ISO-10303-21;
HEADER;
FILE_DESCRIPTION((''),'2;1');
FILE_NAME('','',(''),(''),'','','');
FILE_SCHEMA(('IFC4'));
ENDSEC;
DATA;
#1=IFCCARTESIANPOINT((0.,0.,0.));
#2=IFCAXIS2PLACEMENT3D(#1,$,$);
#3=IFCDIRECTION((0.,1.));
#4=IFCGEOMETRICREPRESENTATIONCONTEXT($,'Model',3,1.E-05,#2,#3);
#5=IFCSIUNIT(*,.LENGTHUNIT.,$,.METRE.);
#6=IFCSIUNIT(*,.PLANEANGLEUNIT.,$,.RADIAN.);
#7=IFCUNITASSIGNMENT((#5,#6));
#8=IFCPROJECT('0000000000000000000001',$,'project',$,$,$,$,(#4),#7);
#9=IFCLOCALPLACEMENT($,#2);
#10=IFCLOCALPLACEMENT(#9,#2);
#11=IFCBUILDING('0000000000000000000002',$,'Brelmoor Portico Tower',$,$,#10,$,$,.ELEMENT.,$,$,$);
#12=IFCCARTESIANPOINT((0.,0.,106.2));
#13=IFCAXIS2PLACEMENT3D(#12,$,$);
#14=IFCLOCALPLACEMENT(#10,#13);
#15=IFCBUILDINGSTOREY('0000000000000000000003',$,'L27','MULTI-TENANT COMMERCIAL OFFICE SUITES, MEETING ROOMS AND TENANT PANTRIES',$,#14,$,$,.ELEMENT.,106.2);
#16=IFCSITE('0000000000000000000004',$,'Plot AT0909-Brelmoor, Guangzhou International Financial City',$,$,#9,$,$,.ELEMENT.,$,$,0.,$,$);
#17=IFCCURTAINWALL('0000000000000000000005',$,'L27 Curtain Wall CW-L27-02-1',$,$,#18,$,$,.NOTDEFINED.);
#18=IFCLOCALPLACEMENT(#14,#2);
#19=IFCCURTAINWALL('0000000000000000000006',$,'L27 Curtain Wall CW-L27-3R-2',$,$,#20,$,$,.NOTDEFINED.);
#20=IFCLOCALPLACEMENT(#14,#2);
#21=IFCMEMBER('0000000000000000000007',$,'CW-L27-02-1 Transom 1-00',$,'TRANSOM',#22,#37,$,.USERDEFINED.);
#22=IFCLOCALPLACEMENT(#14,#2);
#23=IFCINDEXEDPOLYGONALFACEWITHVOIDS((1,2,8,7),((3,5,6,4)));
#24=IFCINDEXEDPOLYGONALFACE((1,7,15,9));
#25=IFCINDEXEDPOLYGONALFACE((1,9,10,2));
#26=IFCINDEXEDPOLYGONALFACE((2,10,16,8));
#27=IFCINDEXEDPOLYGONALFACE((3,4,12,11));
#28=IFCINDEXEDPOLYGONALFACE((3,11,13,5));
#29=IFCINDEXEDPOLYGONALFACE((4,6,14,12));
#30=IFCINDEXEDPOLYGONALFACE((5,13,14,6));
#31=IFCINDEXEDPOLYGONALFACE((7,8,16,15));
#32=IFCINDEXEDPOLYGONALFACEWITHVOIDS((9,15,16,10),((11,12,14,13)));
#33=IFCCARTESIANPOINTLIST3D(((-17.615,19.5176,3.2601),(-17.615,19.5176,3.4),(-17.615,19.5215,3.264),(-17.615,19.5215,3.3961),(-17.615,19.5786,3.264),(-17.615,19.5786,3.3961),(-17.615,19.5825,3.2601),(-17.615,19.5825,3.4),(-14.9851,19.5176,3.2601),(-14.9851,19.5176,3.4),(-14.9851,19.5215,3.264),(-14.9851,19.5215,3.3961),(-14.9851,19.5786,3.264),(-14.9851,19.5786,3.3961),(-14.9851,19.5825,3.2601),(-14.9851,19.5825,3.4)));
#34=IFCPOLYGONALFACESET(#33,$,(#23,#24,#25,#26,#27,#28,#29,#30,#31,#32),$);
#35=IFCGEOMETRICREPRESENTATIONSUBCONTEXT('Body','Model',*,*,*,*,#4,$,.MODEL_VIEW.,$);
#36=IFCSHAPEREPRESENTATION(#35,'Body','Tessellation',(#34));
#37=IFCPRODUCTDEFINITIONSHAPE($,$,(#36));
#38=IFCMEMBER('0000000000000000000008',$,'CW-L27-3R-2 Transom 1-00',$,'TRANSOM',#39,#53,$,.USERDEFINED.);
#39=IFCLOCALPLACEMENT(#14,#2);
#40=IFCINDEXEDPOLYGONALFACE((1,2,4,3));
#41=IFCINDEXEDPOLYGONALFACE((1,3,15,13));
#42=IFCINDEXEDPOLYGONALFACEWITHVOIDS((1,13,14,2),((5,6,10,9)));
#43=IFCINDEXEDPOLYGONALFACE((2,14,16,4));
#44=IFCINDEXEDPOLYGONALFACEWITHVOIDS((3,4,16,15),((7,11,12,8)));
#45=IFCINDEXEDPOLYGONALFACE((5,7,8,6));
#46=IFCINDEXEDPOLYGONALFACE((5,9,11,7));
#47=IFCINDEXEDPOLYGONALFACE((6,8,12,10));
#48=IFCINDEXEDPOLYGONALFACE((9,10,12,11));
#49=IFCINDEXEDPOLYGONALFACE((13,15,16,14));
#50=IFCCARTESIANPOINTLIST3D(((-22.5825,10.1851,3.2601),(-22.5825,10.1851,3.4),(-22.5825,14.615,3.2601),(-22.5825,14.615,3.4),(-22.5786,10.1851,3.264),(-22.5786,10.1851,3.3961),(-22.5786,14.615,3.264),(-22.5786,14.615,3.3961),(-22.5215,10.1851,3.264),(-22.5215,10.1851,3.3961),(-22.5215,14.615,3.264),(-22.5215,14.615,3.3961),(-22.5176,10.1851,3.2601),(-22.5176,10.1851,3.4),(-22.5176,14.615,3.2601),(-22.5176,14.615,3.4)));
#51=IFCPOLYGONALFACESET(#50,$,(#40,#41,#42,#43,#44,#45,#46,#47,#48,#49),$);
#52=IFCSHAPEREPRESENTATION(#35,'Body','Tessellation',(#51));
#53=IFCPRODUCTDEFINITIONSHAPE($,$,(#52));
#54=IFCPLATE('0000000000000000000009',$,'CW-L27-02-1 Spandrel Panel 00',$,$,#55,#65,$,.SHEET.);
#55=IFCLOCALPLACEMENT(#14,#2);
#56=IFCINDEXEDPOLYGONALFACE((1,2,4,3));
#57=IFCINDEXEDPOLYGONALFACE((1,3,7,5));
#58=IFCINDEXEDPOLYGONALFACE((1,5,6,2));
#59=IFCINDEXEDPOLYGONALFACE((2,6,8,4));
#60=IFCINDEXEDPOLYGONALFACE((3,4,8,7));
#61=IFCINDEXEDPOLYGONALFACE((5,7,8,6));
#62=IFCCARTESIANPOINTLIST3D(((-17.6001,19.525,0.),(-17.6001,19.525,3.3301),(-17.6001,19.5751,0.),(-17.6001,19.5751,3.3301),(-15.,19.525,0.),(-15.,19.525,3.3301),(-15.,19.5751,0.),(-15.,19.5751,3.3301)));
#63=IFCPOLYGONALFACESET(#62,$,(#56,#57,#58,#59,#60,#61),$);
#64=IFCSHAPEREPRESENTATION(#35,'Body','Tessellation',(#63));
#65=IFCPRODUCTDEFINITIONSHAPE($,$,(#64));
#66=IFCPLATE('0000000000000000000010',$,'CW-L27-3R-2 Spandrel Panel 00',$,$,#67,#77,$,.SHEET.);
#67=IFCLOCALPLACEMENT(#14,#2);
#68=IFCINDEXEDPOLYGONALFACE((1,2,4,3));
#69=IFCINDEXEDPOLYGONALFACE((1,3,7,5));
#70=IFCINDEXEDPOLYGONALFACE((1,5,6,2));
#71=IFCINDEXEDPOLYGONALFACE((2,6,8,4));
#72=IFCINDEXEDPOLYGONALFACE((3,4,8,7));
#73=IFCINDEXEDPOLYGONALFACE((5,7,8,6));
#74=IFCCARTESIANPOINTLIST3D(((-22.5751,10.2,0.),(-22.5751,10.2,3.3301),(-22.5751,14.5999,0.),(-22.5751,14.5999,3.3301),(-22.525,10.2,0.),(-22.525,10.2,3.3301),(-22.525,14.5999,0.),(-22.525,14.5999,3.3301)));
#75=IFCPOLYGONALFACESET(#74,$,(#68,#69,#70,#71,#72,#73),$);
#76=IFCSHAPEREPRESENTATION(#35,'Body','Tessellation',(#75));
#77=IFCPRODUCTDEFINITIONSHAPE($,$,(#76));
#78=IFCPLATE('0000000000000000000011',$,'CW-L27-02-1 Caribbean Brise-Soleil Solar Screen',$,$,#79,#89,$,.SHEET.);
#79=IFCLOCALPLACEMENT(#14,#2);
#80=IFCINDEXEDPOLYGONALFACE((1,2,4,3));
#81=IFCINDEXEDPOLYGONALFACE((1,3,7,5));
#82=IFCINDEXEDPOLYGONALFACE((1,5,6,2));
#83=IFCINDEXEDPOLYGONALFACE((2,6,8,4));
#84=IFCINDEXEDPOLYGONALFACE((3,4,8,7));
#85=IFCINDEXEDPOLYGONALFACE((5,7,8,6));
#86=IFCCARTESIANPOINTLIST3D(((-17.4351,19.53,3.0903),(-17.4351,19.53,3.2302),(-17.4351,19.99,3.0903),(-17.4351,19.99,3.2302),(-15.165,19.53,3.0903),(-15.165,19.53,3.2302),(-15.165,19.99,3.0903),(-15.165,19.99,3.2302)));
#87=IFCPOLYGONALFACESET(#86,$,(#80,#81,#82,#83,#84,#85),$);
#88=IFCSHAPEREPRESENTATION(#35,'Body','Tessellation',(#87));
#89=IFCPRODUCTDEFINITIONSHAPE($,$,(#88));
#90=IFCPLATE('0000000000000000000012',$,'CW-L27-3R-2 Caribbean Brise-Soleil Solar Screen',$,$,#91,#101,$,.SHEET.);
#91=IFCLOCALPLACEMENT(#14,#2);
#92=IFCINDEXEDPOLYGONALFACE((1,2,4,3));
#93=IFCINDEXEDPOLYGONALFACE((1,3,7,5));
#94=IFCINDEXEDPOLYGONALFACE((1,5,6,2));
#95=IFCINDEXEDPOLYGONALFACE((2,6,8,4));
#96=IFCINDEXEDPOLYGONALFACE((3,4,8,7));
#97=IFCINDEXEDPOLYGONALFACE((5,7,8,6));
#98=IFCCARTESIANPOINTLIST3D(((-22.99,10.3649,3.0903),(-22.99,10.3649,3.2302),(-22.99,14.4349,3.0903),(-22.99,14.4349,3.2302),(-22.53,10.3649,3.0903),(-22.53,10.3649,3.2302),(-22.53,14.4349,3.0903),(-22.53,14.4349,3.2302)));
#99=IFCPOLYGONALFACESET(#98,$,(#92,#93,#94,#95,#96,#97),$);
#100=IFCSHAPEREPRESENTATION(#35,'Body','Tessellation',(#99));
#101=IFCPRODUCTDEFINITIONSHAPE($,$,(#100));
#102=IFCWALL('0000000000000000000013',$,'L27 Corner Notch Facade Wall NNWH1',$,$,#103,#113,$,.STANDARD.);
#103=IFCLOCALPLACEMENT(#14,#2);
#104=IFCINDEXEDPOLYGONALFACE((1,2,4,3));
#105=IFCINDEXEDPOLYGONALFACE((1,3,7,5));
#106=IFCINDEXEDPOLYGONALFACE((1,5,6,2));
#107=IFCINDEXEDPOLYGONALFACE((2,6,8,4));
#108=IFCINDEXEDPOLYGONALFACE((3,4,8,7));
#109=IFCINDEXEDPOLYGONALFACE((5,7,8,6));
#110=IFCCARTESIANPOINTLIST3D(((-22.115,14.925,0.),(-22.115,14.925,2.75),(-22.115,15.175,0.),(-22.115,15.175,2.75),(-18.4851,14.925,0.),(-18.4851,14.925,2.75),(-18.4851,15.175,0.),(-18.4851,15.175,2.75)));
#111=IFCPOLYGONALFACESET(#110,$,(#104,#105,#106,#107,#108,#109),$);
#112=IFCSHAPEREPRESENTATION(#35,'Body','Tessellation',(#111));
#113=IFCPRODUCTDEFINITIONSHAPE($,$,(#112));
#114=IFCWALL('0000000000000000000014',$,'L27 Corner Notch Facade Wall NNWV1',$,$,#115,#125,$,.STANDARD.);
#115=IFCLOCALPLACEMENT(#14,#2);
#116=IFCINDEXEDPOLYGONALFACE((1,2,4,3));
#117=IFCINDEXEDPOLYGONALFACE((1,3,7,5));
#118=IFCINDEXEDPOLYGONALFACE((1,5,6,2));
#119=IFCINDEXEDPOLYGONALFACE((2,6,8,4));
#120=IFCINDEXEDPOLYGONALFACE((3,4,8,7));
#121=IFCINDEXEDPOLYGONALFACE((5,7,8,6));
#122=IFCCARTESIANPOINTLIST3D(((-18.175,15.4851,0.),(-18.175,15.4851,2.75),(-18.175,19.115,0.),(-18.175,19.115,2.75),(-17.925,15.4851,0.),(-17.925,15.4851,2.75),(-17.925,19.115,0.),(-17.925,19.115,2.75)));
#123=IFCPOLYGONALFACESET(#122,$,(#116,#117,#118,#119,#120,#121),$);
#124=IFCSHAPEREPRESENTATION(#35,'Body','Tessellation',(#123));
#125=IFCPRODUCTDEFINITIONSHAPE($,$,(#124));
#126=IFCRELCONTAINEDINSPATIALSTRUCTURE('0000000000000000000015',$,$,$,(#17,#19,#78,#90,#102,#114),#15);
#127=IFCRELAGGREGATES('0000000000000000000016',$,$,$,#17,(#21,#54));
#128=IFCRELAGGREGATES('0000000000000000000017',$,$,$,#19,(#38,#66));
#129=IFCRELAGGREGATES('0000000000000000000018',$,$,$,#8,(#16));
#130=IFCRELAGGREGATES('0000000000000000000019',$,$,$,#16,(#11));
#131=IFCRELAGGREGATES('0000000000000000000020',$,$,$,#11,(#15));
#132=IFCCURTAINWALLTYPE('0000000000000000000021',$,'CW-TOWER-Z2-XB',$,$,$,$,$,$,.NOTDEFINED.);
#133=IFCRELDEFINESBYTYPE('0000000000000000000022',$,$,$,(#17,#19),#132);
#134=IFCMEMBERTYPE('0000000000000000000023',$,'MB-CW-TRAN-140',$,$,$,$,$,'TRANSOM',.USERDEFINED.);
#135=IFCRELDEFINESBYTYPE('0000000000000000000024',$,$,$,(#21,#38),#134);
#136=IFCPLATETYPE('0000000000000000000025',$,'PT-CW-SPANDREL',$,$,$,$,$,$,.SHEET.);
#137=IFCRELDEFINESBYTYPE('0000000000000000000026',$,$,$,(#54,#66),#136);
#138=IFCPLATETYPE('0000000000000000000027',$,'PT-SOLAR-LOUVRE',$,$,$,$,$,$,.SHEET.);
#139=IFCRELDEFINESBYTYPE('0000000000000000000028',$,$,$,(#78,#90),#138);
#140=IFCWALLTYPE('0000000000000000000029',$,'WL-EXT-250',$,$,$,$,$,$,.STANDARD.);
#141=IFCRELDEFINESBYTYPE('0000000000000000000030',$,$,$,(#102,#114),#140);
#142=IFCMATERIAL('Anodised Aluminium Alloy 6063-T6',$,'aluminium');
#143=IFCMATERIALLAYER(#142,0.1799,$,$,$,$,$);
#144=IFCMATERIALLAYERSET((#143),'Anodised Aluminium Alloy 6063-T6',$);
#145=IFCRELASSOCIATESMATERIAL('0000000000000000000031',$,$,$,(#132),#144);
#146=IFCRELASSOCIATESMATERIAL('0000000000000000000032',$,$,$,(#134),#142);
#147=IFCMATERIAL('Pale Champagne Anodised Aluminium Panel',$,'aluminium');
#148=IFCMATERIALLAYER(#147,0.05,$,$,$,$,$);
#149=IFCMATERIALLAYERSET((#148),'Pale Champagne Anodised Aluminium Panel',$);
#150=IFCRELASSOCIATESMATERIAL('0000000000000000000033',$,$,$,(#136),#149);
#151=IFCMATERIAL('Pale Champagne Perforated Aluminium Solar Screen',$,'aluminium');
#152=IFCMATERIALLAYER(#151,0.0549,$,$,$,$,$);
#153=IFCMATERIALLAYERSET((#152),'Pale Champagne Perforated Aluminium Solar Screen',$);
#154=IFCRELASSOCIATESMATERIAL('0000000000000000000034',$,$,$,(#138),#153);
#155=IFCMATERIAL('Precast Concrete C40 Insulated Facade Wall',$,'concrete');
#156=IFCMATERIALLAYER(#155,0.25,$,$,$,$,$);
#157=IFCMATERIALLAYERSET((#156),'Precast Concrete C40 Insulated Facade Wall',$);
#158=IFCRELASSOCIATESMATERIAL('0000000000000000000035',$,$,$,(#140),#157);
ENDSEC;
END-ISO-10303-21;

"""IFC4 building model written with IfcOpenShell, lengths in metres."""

from ifc_helpers import new_model, si_unit, direction, frame, frame_2d, origin, origin_2d, place, context, subcontext, project, spatial, rectangle, hollow_rectangle, extrude, material, layer, layer_set, material_profile, profile_set, type_object, element, aggregate, save


model = new_model("IFC4")

# Units and contexts
model_context = context("Model", 3, precision=1e-05, world=origin(), true_north=direction((0.0, 1.0)))
body_context = subcontext(model_context, "Body", "Model", "MODEL_VIEW")
ifc_project = project(units=[si_unit("LENGTHUNIT", "METRE"), si_unit("PLANEANGLEUNIT", "RADIAN")], contexts=[model_context])

# Site, building, storey
site_placement = place(None, origin())
site = spatial("IfcSite", under=ifc_project, at=site_placement, Name="Plot AT0909-Brelmoor, Guangzhou International Financial City", CompositionType="ELEMENT", RefElevation=0.0)
building_placement = place(site_placement, origin())
building = spatial("IfcBuilding", under=site, at=building_placement, Name="Brelmoor Portico Tower", CompositionType="ELEMENT")
storey_placement = place(building_placement, frame((0.0, 0.0, 106.2)))
storey = spatial("IfcBuildingStorey", under=building, at=storey_placement, Name="L27", Description="MULTI-TENANT COMMERCIAL OFFICE SUITES, MEETING ROOMS AND TENANT PANTRIES", CompositionType="ELEMENT", Elevation=106.2)

# Curtain walls
ifc_material_1 = material(Name="Anodised Aluminium Alloy 6063-T6", Category="aluminium")
ifc_layer_1 = layer(ifc_material_1, 0.1799)
ifc_layer_set_1 = layer_set([ifc_layer_1], Name="Anodised Aluminium Alloy 6063-T6")
curtain_wall_type = type_object("IfcCurtainWallType", Name="CW-TOWER-Z2-XB", PredefinedType="NOTDEFINED", material=ifc_layer_set_1)
curtain_wall_1_placement = place(storey_placement, origin())
curtain_wall_1 = element("IfcCurtainWall", 1, at=curtain_wall_1_placement, inside=storey, type_object=curtain_wall_type, Name="L27 Curtain Wall CW-L27-02-1", PredefinedType="NOTDEFINED")
curtain_wall_2_placement = place(storey_placement, origin())
curtain_wall_2 = element("IfcCurtainWall", 2, at=curtain_wall_2_placement, inside=storey, type_object=curtain_wall_type, Name="L27 Curtain Wall CW-L27-3R-2", PredefinedType="NOTDEFINED")

# Members
ifc_material_profile_1 = material_profile(ifc_material_1, hollow_rectangle(XDim=0.0649, YDim=0.1399, WallThickness=0.0039, at=origin_2d()), Name="ALU TRANSOM 65x140")
ifc_profile_set_1 = profile_set([ifc_material_profile_1], Name="Anodised Aluminium Alloy 6063-T6")
member_type_1 = type_object("IfcMemberType", Name="MB-CW-TRAN-140", ElementType="TRANSOM", PredefinedType="USERDEFINED", material=ifc_profile_set_1)
member_1_placement = place(storey_placement, frame((-17.615, 19.55, 3.3301), z_axis=(1.0, 0.0, 0.0), x_axis=(0.0, 1.0, 0.0)))
member_1 = element("IfcMember", 3, at=member_1_placement, type_object=member_type_1, Name="CW-L27-02-1 Transom 1-00", ObjectType="TRANSOM", PredefinedType="USERDEFINED", context=body_context, shape_type="SweptSolid", body=[
    extrude(hollow_rectangle(XDim=0.0649, YDim=0.1399, WallThickness=0.0039, at=origin_2d()), origin(), (0.0, 0.0, 1.0), 2.6299),
])
member_2_placement = place(storey_placement, frame((-22.55, 10.1851, 3.3301), z_axis=(0.0, 1.0, 0.0), x_axis=(-1.0, 0.0, 0.0)))
member_2 = element("IfcMember", 4, at=member_2_placement, type_object=member_type_1, Name="CW-L27-3R-2 Transom 1-00", ObjectType="TRANSOM", PredefinedType="USERDEFINED", context=body_context, shape_type="SweptSolid", body=[
    extrude(hollow_rectangle(XDim=0.0649, YDim=0.1399, WallThickness=0.0039, at=origin_2d()), origin(), (0.0, 0.0, 1.0), 4.4299),
])

# Plates
ifc_material_2 = material(Name="Pale Champagne Anodised Aluminium Panel", Category="aluminium")
ifc_layer_2 = layer(ifc_material_2, 0.05)
ifc_layer_set_2 = layer_set([ifc_layer_2], Name="Pale Champagne Anodised Aluminium Panel")
plate_type_1 = type_object("IfcPlateType", Name="PT-CW-SPANDREL", PredefinedType="SHEET", material=ifc_layer_set_2)
plate_1_placement = place(storey_placement, frame((-16.3, 19.55, 0.0), z_axis=(0.0, 0.0, 1.0), x_axis=(1.0, 0.0, 0.0)))
plate_1 = element("IfcPlate", 5, at=plate_1_placement, type_object=plate_type_1, Name="CW-L27-02-1 Spandrel Panel 00", PredefinedType="SHEET", context=body_context, shape_type="SweptSolid", body=[
    extrude(rectangle(XDim=2.6001, YDim=0.05, at=origin_2d()), origin(), (0.0, 0.0, 1.0), 3.3301),
])
aggregate(curtain_wall_1, [member_1, plate_1])
plate_2_placement = place(storey_placement, frame((-22.55, 12.3999, 0.0), z_axis=(0.0, 0.0, 1.0), x_axis=(0.0, 1.0, 0.0)))
plate_2 = element("IfcPlate", 6, at=plate_2_placement, type_object=plate_type_1, Name="CW-L27-3R-2 Spandrel Panel 00", PredefinedType="SHEET", context=body_context, shape_type="SweptSolid", body=[
    extrude(rectangle(XDim=4.3999, YDim=0.05, at=origin_2d()), origin(), (0.0, 0.0, 1.0), 3.3301),
])
aggregate(curtain_wall_2, [member_2, plate_2])

# Plates
ifc_material_3 = material(Name="Pale Champagne Perforated Aluminium Solar Screen", Category="aluminium")
ifc_layer_3 = layer(ifc_material_3, 0.0549)
ifc_layer_set_3 = layer_set([ifc_layer_3], Name="Pale Champagne Perforated Aluminium Solar Screen")
plate_type_2 = type_object("IfcPlateType", Name="PT-SOLAR-LOUVRE", PredefinedType="SHEET", material=ifc_layer_set_3)
plate_3_placement = place(storey_placement, frame((-16.3, 19.76, 3.0903), z_axis=(0.0, 0.0, 1.0), x_axis=(1.0, 0.0, 0.0)))
element("IfcPlate", 7, at=plate_3_placement, inside=storey, type_object=plate_type_2, Name="CW-L27-02-1 Caribbean Brise-Soleil Solar Screen", PredefinedType="SHEET", context=body_context, shape_type="SweptSolid", body=[
    extrude(rectangle(XDim=2.27, YDim=0.46, at=origin_2d()), origin(), (0.0, 0.0, 1.0), 0.1399),
])
plate_4_placement = place(storey_placement, frame((-22.76, 12.3999, 3.0903), z_axis=(0.0, 0.0, 1.0), x_axis=(0.0, 1.0, 0.0)))
element("IfcPlate", 8, at=plate_4_placement, inside=storey, type_object=plate_type_2, Name="CW-L27-3R-2 Caribbean Brise-Soleil Solar Screen", PredefinedType="SHEET", context=body_context, shape_type="SweptSolid", body=[
    extrude(rectangle(XDim=4.0701, YDim=0.46, at=origin_2d()), origin(), (0.0, 0.0, 1.0), 0.1399),
])

# Walls
ifc_material_4 = material(Name="Precast Concrete C40 Insulated Facade Wall", Category="concrete")
ifc_layer_4 = layer(ifc_material_4, 0.25)
ifc_layer_set_4 = layer_set([ifc_layer_4], Name="Precast Concrete C40 Insulated Facade Wall")
wall_type_1 = type_object("IfcWallType", Name="WL-EXT-250", PredefinedType="STANDARD", material=ifc_layer_set_4)
for number, where, z_axis, x_axis, name in (
    (9, (-22.115, 15.05, 0.0), (0.0, 0.0, 1.0), (1.0, 0.0, 0.0), "L27 Corner Notch Facade Wall NNWH1"),
    (10, (-18.05, 15.4851, 0.0), (0.0, 0.0, 1.0), (0.0, 1.0, 0.0), "L27 Corner Notch Facade Wall NNWV1"),
):
    element("IfcWall", number, at=place(storey_placement, frame(where, z_axis=z_axis, x_axis=x_axis)), inside=storey, type_object=wall_type_1, Name=name, PredefinedType="STANDARD", context=body_context, shape_type="SweptSolid", body=[
        extrude(rectangle(XDim=3.6299, YDim=0.25, at=frame_2d((1.8149, 0.0))), origin(), (0.0, 0.0, 1.0), 2.75),
    ])

save(model, "model.ifc")
